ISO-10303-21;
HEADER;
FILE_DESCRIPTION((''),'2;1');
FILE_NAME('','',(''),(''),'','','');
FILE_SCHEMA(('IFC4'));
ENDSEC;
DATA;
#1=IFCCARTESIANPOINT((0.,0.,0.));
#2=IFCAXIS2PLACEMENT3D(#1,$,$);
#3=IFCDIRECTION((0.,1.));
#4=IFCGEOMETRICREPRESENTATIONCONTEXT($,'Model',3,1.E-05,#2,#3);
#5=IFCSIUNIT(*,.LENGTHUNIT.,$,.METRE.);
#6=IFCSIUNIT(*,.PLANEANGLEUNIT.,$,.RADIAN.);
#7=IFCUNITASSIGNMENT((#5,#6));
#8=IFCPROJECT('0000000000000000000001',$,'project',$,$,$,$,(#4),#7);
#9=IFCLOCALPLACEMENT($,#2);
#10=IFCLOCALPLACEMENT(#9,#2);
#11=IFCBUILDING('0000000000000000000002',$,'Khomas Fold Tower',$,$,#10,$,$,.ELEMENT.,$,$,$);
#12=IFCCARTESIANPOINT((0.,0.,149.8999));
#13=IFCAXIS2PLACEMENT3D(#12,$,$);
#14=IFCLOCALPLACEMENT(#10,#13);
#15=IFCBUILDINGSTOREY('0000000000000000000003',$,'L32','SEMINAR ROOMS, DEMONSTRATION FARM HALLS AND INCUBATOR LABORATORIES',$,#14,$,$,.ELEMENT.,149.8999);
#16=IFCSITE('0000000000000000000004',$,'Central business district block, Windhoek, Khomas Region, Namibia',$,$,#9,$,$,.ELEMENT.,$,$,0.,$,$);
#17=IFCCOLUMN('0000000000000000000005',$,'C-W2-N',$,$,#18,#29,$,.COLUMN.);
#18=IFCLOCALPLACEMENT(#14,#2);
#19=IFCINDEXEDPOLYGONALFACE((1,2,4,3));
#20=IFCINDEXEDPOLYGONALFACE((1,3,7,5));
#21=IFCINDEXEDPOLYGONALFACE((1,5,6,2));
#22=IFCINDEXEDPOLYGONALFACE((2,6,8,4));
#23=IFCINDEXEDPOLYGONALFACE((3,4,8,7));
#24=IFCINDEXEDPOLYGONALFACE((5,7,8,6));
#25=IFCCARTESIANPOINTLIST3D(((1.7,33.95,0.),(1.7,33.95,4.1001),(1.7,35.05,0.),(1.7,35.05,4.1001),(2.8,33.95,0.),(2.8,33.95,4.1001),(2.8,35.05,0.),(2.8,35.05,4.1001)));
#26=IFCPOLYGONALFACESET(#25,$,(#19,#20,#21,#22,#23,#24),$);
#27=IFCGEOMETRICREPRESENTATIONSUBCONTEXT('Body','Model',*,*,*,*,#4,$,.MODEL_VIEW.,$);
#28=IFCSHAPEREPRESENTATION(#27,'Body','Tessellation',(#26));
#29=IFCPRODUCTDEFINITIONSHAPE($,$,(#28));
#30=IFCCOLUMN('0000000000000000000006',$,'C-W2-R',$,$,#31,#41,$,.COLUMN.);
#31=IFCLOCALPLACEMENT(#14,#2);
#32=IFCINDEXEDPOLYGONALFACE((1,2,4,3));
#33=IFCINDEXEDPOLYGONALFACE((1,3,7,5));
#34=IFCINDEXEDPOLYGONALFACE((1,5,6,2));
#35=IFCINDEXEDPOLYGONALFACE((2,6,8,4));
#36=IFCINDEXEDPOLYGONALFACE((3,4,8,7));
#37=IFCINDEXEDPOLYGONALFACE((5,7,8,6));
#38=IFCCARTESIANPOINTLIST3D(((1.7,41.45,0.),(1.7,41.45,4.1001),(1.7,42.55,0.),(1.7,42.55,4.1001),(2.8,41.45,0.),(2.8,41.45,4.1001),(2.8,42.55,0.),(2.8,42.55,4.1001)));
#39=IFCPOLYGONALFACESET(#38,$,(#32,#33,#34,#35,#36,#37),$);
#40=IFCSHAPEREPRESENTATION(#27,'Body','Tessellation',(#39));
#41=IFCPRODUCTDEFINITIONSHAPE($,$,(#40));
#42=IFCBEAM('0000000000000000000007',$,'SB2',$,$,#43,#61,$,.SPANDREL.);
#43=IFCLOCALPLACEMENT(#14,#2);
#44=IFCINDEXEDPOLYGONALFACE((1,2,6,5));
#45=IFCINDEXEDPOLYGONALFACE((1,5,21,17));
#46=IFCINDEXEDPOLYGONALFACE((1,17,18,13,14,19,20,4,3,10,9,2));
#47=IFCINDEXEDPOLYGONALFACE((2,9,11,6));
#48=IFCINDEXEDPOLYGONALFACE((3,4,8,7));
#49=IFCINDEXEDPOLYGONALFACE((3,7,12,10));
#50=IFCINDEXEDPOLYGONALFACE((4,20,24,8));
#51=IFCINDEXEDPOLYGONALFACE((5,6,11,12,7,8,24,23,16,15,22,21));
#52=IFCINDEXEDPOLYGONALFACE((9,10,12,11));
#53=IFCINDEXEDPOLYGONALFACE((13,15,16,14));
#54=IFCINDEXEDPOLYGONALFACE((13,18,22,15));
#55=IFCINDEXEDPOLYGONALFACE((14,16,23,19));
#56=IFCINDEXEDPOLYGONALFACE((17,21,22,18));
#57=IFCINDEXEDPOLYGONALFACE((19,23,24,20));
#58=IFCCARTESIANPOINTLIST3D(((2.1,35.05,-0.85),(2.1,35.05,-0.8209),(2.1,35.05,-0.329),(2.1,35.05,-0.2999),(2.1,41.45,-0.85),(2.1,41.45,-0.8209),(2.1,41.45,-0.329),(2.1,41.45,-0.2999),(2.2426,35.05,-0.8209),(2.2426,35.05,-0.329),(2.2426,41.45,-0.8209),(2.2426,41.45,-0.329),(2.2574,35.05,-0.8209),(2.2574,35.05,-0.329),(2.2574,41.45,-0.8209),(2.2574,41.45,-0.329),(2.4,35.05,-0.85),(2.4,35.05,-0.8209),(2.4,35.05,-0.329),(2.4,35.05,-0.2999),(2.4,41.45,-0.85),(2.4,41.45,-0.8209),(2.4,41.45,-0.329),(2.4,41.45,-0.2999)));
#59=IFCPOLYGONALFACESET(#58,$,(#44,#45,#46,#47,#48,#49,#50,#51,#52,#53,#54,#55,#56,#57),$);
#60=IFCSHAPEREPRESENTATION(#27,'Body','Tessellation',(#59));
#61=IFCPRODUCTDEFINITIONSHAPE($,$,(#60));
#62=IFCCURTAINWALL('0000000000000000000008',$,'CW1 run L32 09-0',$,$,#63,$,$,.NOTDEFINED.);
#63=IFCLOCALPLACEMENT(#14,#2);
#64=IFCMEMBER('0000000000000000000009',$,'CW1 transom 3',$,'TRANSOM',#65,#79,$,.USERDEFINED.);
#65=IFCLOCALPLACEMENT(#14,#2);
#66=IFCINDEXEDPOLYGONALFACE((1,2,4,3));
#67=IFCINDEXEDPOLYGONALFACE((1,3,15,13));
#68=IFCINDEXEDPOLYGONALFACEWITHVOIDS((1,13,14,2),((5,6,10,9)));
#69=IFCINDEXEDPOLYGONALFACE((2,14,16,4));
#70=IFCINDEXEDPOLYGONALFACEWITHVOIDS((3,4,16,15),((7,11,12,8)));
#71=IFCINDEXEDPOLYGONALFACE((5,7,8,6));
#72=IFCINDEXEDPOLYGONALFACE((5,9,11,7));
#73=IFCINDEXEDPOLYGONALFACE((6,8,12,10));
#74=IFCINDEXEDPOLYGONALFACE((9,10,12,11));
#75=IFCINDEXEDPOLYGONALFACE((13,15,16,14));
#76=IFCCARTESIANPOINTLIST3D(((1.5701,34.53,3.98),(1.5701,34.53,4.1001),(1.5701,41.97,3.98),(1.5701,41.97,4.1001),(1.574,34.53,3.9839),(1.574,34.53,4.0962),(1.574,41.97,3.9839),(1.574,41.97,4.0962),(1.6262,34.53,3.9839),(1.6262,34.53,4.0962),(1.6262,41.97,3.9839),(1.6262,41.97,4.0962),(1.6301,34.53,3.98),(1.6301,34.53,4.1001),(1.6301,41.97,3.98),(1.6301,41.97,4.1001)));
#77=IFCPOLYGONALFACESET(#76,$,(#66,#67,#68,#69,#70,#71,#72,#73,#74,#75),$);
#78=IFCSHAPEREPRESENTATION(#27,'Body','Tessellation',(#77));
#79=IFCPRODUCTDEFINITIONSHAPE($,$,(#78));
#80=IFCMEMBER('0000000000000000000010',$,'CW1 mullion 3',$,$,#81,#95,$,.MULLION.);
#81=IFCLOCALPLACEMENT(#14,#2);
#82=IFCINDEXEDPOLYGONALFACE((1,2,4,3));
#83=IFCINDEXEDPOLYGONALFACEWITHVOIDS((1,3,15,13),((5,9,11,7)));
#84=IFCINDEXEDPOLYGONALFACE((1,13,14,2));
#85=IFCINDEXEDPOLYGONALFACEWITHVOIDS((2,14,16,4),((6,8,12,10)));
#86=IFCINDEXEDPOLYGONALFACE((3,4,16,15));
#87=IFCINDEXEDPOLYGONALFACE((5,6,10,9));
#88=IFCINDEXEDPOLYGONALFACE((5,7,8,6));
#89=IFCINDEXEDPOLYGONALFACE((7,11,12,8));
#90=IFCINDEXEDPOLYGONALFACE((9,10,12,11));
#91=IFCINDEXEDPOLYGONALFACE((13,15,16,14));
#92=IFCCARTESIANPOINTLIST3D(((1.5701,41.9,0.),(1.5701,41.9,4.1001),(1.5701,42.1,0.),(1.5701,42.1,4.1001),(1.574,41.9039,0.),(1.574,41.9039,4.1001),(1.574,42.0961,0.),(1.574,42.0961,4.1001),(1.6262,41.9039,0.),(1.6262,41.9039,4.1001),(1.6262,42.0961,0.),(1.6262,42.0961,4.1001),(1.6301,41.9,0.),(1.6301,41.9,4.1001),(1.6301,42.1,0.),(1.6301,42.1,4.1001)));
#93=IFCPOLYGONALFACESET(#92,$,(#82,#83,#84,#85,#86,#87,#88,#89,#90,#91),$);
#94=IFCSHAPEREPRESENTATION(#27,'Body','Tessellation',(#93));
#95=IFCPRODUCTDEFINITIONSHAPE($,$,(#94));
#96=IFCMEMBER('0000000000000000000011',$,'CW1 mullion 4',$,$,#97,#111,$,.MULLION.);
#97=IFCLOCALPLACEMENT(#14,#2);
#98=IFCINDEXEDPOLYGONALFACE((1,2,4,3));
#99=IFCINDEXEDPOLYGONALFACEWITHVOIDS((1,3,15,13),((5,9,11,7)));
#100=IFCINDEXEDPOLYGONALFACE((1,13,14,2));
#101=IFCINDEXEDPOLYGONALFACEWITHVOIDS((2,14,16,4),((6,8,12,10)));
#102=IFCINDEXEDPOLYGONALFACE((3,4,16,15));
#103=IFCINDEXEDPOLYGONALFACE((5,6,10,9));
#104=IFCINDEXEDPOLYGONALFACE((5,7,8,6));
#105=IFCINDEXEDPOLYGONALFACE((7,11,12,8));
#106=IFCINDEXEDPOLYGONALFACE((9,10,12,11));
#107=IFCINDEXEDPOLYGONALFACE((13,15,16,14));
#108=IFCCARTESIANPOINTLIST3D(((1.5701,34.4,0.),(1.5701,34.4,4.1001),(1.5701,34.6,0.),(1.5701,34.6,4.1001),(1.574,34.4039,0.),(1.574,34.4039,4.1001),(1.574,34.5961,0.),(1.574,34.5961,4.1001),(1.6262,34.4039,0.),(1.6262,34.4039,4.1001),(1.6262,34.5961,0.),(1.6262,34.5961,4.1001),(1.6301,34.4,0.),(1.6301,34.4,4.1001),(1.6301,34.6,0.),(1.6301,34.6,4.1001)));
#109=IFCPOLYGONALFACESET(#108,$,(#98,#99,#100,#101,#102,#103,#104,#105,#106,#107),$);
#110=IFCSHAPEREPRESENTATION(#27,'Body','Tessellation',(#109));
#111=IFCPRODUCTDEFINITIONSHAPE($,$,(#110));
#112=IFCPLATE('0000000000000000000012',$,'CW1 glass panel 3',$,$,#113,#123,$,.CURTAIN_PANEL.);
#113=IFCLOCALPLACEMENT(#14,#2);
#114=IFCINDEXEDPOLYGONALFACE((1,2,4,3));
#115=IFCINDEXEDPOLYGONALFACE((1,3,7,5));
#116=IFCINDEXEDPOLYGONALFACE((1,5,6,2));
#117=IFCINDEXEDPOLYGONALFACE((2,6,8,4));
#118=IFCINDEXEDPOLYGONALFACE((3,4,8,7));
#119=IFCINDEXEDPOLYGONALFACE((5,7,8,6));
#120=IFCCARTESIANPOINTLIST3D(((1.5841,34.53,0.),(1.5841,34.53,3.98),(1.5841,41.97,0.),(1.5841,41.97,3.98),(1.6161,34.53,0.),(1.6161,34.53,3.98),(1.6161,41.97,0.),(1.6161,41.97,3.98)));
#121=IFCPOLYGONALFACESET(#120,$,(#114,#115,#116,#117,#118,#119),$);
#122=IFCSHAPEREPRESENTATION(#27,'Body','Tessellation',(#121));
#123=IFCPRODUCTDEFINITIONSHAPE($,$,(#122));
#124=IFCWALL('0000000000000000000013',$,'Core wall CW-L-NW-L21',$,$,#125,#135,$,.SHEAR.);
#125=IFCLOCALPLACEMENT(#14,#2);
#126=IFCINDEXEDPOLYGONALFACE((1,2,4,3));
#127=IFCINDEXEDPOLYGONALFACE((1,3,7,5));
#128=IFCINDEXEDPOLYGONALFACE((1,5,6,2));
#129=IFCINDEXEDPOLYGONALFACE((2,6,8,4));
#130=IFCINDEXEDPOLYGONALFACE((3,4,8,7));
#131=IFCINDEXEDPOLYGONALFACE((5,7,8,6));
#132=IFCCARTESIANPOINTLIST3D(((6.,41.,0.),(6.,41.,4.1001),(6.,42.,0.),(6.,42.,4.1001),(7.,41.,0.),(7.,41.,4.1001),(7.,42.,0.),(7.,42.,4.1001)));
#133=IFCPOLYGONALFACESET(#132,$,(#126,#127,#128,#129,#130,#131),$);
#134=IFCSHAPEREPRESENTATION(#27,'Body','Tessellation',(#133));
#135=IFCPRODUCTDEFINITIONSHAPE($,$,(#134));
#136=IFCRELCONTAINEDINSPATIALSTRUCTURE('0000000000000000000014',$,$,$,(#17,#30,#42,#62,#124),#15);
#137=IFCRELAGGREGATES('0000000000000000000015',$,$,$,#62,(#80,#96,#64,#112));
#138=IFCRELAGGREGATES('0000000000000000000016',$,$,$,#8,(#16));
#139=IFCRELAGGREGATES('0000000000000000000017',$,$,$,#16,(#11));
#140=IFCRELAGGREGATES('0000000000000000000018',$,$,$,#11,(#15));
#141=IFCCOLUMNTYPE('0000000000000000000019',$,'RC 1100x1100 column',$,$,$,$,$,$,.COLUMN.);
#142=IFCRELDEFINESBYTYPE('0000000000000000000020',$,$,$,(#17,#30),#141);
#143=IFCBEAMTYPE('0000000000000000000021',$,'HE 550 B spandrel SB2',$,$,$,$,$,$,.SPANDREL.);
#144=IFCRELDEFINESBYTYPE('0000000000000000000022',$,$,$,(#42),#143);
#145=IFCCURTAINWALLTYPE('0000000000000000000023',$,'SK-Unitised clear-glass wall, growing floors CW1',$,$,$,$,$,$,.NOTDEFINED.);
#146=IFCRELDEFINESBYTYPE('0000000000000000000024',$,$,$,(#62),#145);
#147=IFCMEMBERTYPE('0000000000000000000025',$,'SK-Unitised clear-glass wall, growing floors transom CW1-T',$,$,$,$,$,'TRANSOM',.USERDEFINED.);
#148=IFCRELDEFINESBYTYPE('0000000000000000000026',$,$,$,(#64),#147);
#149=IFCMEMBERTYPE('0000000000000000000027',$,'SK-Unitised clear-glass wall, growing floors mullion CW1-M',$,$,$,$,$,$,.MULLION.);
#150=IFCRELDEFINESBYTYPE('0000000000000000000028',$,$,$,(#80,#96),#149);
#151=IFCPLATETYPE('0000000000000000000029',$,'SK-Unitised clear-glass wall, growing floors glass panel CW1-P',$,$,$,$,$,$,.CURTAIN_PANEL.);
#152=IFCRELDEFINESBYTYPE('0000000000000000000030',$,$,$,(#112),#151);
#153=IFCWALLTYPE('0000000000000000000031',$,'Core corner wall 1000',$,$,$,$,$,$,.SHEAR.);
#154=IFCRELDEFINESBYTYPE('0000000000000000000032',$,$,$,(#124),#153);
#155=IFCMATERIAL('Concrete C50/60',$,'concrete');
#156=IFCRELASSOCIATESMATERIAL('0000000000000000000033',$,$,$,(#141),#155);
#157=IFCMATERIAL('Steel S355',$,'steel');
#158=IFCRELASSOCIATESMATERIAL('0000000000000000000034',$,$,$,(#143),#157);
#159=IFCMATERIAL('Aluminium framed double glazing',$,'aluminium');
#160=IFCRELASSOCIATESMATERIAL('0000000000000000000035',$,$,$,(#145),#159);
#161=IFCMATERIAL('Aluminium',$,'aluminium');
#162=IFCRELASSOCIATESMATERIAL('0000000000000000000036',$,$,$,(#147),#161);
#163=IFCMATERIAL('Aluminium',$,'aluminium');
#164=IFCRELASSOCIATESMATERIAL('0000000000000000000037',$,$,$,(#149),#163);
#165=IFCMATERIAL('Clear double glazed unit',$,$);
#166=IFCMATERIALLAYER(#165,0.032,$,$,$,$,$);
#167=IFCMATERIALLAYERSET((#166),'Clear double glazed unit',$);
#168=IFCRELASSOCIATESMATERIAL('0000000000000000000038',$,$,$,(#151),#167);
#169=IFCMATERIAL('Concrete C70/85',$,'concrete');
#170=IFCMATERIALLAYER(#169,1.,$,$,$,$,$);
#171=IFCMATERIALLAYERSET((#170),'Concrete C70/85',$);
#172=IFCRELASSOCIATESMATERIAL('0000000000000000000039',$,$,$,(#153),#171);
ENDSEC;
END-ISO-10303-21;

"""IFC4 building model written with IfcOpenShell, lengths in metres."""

from ifc_helpers import new_model, si_unit, direction, frame, frame_2d, origin, origin_2d, place, context, subcontext, project, spatial, rectangle, hollow_rectangle, i_section, extrude, source, transform, mapped, material, layer, layer_set, material_profile, profile_set, type_object, element, aggregate, save


model = new_model("IFC4")

# Units and contexts
model_context = context("Model", 3, precision=1e-05, world=origin(), true_north=direction((0.0, 1.0)))
body_context = subcontext(model_context, "Body", "Model", "MODEL_VIEW")
ifc_project = project(units=[si_unit("LENGTHUNIT", "METRE"), si_unit("PLANEANGLEUNIT", "RADIAN")], contexts=[model_context])

# Site, building, storey
site_placement = place(None, origin())
site = spatial("IfcSite", under=ifc_project, at=site_placement, Name="Central business district block, Windhoek, Khomas Region, Namibia", CompositionType="ELEMENT", RefElevation=0.0)
building_placement = place(site_placement, origin())
building = spatial("IfcBuilding", under=site, at=building_placement, Name="Khomas Fold Tower", CompositionType="ELEMENT")
storey_placement = place(building_placement, frame((0.0, 0.0, 149.8999)))
storey = spatial("IfcBuildingStorey", under=building, at=storey_placement, Name="L32", Description="SEMINAR ROOMS, DEMONSTRATION FARM HALLS AND INCUBATOR LABORATORIES", CompositionType="ELEMENT", Elevation=149.8999)

# Columns
ifc_material_1 = material(Name="Concrete C50/60", Category="concrete")
ifc_material_profile_1 = material_profile(ifc_material_1, rectangle(XDim=1.1001, YDim=1.1001, at=origin_2d()), Name="RC 1100x1100")
ifc_profile_set_1 = profile_set([ifc_material_profile_1], Name="Concrete C50/60")
column_type = type_object("IfcColumnType", Name="RC 1100x1100 column", PredefinedType="COLUMN", material=ifc_profile_set_1)
shared_shape_1 = source(origin(), body_context, "Body", "SweptSolid", [
    extrude(rectangle(XDim=1.1001, YDim=1.1001, at=origin_2d()), origin(), (0.0, 0.0, 1.0), 4.1001),
])
for number, where, z_axis, x_axis, name in (
    (1, (2.25, 34.5, 0.0), (0.0, 0.0, 1.0), (1.0, 0.0, 0.0), "C-W2-N"),
    (2, (2.25, 42.0, 0.0), (0.0, 0.0, 1.0), (1.0, 0.0, 0.0), "C-W2-R"),
):
    element("IfcColumn", number, at=place(storey_placement, frame(where, z_axis=z_axis, x_axis=x_axis)), inside=storey, type_object=column_type, Name=name, PredefinedType="COLUMN", context=body_context, shape_type="MappedRepresentation", body=[
        mapped(shared_shape_1, transform((0.0, 0.0, 0.0))),
    ])

# Beam
ifc_material_2 = material(Name="Steel S355", Category="steel")
ifc_material_profile_2 = material_profile(ifc_material_2, i_section(OverallWidth=0.3, OverallDepth=0.55, WebThickness=0.0149, FlangeThickness=0.0291, at=origin_2d()), Name="HE 550 B")
ifc_profile_set_2 = profile_set([ifc_material_profile_2], Name="Steel S355")
beam_type = type_object("IfcBeamType", Name="HE 550 B spandrel SB2", PredefinedType="SPANDREL", material=ifc_profile_set_2)
shared_shape_2 = source(origin(), body_context, "Body", "SweptSolid", [
    extrude(i_section(OverallWidth=0.3, OverallDepth=0.55, WebThickness=0.0149, FlangeThickness=0.0291, at=origin_2d()), origin(), (0.0, 0.0, 1.0), 6.3999),
])
beam_placement = place(storey_placement, frame((2.25, 35.05, -0.575), z_axis=(0.0, 1.0, 0.0), x_axis=(-1.0, 0.0, 0.0)))
element("IfcBeam", 3, at=beam_placement, inside=storey, type_object=beam_type, Name="SB2", PredefinedType="SPANDREL", context=body_context, shape_type="MappedRepresentation", body=[
    mapped(shared_shape_2, transform((0.0, 0.0, 0.0))),
])

# Curtain wall, members, plate
ifc_material_3 = material(Name="Aluminium framed double glazing", Category="aluminium")
curtain_wall_type = type_object("IfcCurtainWallType", Name="SK-Unitised clear-glass wall, growing floors CW1", PredefinedType="NOTDEFINED", material=ifc_material_3)
curtain_wall_placement = place(storey_placement, origin())
curtain_wall = element("IfcCurtainWall", 4, at=curtain_wall_placement, inside=storey, type_object=curtain_wall_type, Name="CW1 run L32 09-0", PredefinedType="NOTDEFINED")
ifc_material_4 = material(Name="Aluminium", Category="aluminium")
ifc_material_profile_3 = material_profile(ifc_material_4, hollow_rectangle(XDim=0.0601, YDim=0.1201, WallThickness=0.0039, at=origin_2d()), Name="SK-Unitised clear-glass wall, growing floors transom CW1-T")
ifc_profile_set_3 = profile_set([ifc_material_profile_3], Name="Aluminium")
member_type_1 = type_object("IfcMemberType", Name="SK-Unitised clear-glass wall, growing floors transom CW1-T", ElementType="TRANSOM", PredefinedType="USERDEFINED", material=ifc_profile_set_3)
shared_shape_3 = source(origin(), body_context, "Body", "SweptSolid", [
    extrude(hollow_rectangle(XDim=0.0601, YDim=0.1201, WallThickness=0.0039, at=origin_2d()), origin(), (0.0, 0.0, 1.0), 7.4399),
])
member_1_placement = place(storey_placement, frame((1.6001, 41.97, 4.04), z_axis=(0.0, -1.0, 0.0), x_axis=(1.0, 0.0, 0.0)))
member_1 = element("IfcMember", 5, at=member_1_placement, type_object=member_type_1, Name="CW1 transom 3", ObjectType="TRANSOM", PredefinedType="USERDEFINED", context=body_context, shape_type="MappedRepresentation", body=[
    mapped(shared_shape_3, transform((0.0, 0.0, 0.0))),
])
ifc_material_5 = material(Name="Aluminium", Category="aluminium")
ifc_material_profile_4 = material_profile(ifc_material_5, hollow_rectangle(XDim=0.0601, YDim=0.2, WallThickness=0.0039, at=origin_2d()), Name="SK-Unitised clear-glass wall, growing floors mullion CW1-M")
ifc_profile_set_4 = profile_set([ifc_material_profile_4], Name="Aluminium")
member_type_2 = type_object("IfcMemberType", Name="SK-Unitised clear-glass wall, growing floors mullion CW1-M", PredefinedType="MULLION", material=ifc_profile_set_4)
shared_shape_4 = source(origin(), body_context, "Body", "SweptSolid", [
    extrude(hollow_rectangle(XDim=0.0601, YDim=0.2, WallThickness=0.0039, at=origin_2d()), origin(), (0.0, 0.0, 1.0), 4.1001),
])
member_2_placement = place(storey_placement, frame((1.6001, 42.0, 0.0), z_axis=(0.0, 0.0, 1.0), x_axis=(1.0, 0.0, 0.0)))
member_2 = element("IfcMember", 6, at=member_2_placement, type_object=member_type_2, Name="CW1 mullion 3", PredefinedType="MULLION", context=body_context, shape_type="MappedRepresentation", body=[
    mapped(shared_shape_4, transform((0.0, 0.0, 0.0))),
])
member_3_placement = place(storey_placement, frame((1.6001, 34.5, 0.0), z_axis=(0.0, 0.0, 1.0), x_axis=(1.0, 0.0, 0.0)))
member_3 = element("IfcMember", 7, at=member_3_placement, type_object=member_type_2, Name="CW1 mullion 4", PredefinedType="MULLION", context=body_context, shape_type="MappedRepresentation", body=[
    mapped(shared_shape_4, transform((0.0, 0.0, 0.0))),
])
ifc_material_6 = material(Name="Clear double glazed unit")
ifc_layer_1 = layer(ifc_material_6, 0.032)
ifc_layer_set_1 = layer_set([ifc_layer_1], Name="Clear double glazed unit")
plate_type = type_object("IfcPlateType", Name="SK-Unitised clear-glass wall, growing floors glass panel CW1-P", PredefinedType="CURTAIN_PANEL", material=ifc_layer_set_1)
shared_shape_5 = source(origin(), body_context, "Body", "SweptSolid", [
    extrude(rectangle(XDim=7.4399, YDim=0.032, at=origin_2d()), origin(), (0.0, 0.0, 1.0), 3.98),
])
plate_placement = place(storey_placement, frame((1.6001, 38.25, 0.0), z_axis=(0.0, 0.0, 1.0), x_axis=(0.0, -1.0, 0.0)))
plate = element("IfcPlate", 8, at=plate_placement, type_object=plate_type, Name="CW1 glass panel 3", PredefinedType="CURTAIN_PANEL", context=body_context, shape_type="MappedRepresentation", body=[
    mapped(shared_shape_5, transform((0.0, 0.0, 0.0))),
])
aggregate(curtain_wall, [member_2, member_3, member_1, plate])

# Wall
ifc_material_7 = material(Name="Concrete C70/85", Category="concrete")
ifc_layer_2 = layer(ifc_material_7, 1.0)
ifc_layer_set_2 = layer_set([ifc_layer_2], Name="Concrete C70/85")
wall_type_1 = type_object("IfcWallType", Name="Core corner wall 1000", PredefinedType="SHEAR", material=ifc_layer_set_2)
shared_shape_6 = source(origin(), body_context, "Body", "SweptSolid", [
    extrude(rectangle(XDim=1.0, YDim=1.0, at=frame_2d((0.5, 0.0))), origin(), (0.0, 0.0, 1.0), 4.1001),
])
wall_1_placement = place(storey_placement, frame((6.0, 41.5, 0.0), z_axis=(0.0, 0.0, 1.0), x_axis=(1.0, 0.0, 0.0)))
element("IfcWall", 9, at=wall_1_placement, inside=storey, type_object=wall_type_1, Name="Core wall CW-L-NW-L21", PredefinedType="SHEAR", context=body_context, shape_type="MappedRepresentation", body=[
    mapped(shared_shape_6, transform((0.0, 0.0, 0.0))),
])

save(model, "model.ifc")
